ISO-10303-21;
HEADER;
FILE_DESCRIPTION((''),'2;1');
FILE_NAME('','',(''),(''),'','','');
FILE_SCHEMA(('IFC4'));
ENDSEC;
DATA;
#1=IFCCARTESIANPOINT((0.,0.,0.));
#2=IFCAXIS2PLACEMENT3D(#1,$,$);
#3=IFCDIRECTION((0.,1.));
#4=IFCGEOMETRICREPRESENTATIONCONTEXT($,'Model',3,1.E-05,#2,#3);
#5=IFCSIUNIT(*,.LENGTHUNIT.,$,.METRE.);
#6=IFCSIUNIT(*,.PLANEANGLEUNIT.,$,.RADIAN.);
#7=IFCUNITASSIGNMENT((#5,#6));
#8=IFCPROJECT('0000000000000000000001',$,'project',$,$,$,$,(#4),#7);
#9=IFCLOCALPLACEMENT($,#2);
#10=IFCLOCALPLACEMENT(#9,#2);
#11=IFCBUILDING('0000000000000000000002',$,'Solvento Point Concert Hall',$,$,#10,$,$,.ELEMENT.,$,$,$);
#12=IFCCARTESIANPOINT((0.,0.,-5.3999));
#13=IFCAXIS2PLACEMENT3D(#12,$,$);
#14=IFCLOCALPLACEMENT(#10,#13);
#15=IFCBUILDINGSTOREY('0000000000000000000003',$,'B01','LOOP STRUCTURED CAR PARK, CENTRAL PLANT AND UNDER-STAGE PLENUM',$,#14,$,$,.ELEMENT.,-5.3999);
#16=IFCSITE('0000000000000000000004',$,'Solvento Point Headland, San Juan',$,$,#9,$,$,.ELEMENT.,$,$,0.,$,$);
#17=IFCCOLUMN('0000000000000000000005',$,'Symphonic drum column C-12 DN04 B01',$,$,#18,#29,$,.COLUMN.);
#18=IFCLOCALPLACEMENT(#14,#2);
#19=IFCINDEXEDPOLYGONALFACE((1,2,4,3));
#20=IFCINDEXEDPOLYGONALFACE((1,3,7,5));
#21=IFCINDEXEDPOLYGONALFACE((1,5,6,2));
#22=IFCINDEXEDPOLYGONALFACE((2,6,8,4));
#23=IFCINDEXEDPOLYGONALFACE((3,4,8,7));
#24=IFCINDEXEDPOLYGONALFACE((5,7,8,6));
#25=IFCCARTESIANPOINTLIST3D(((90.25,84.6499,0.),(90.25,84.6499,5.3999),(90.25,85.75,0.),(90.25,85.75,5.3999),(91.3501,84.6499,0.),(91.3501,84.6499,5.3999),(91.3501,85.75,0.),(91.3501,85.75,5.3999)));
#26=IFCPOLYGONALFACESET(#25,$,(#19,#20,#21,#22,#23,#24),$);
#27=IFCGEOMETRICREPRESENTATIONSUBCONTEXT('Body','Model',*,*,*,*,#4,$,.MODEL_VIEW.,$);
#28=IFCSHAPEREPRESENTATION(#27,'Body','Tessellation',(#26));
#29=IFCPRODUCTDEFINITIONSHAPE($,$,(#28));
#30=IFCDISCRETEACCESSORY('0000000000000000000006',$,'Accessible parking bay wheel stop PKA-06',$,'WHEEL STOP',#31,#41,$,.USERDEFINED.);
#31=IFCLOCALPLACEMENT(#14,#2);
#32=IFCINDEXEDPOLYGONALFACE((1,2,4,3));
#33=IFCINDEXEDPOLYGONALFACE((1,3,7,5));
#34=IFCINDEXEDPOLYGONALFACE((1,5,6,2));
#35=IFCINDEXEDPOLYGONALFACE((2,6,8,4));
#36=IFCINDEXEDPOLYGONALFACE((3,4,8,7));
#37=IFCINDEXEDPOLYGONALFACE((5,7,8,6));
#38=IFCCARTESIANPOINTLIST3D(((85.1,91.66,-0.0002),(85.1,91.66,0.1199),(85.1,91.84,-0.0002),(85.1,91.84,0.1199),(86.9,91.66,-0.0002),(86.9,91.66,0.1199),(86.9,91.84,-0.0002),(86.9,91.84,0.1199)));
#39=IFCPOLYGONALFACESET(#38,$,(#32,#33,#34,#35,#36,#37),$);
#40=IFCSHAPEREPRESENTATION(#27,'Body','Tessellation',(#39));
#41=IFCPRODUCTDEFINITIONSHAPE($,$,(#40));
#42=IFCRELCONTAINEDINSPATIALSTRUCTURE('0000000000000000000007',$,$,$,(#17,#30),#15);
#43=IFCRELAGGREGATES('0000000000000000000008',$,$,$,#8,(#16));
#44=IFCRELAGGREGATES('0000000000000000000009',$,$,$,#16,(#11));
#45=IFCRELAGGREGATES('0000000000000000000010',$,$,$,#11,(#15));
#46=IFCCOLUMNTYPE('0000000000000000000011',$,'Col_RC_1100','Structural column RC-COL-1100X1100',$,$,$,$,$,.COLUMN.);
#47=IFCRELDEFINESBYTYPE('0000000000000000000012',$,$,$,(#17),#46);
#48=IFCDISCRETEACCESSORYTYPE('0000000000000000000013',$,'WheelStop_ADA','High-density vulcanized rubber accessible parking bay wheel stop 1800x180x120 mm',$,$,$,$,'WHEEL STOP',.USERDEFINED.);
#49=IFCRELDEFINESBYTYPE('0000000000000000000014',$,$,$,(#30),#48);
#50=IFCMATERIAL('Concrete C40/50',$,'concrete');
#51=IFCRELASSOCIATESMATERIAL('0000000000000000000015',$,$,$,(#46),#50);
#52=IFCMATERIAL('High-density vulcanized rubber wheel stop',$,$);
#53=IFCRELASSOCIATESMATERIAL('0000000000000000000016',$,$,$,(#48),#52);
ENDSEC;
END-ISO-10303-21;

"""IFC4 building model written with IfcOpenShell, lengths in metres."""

from ifc_helpers import new_model, si_unit, direction, frame, origin, origin_2d, place, context, subcontext, project, spatial, rectangle, extrude, material, material_profile, profile_set, type_object, element, save


model = new_model("IFC4")

# Units and contexts
model_context = context("Model", 3, precision=1e-05, world=origin(), true_north=direction((0.0, 1.0)))
body_context = subcontext(model_context, "Body", "Model", "MODEL_VIEW")
ifc_project = project(units=[si_unit("LENGTHUNIT", "METRE"), si_unit("PLANEANGLEUNIT", "RADIAN")], contexts=[model_context])

# Site, building, storey
site_placement = place(None, origin())
site = spatial("IfcSite", under=ifc_project, at=site_placement, Name="Solvento Point Headland, San Juan", CompositionType="ELEMENT", RefElevation=0.0)
building_placement = place(site_placement, origin())
building = spatial("IfcBuilding", under=site, at=building_placement, Name="Solvento Point Concert Hall", CompositionType="ELEMENT")
storey_placement = place(building_placement, frame((0.0, 0.0, -5.3999)))
storey = spatial("IfcBuildingStorey", under=building, at=storey_placement, Name="B01", Description="LOOP STRUCTURED CAR PARK, CENTRAL PLANT AND UNDER-STAGE PLENUM", CompositionType="ELEMENT", Elevation=-5.3999)

# Column
ifc_material_1 = material(Name="Concrete C40/50", Category="concrete")
ifc_material_profile_1 = material_profile(ifc_material_1, rectangle(XDim=1.1001, YDim=1.1001, at=origin_2d()), Name="RC-COL-1100X1100")
ifc_profile_set_1 = profile_set([ifc_material_profile_1], Name="Concrete C40/50")
column_type_1 = type_object("IfcColumnType", Name="Col_RC_1100", Description="Structural column RC-COL-1100X1100", PredefinedType="COLUMN", material=ifc_profile_set_1)
for number, where, z_axis, x_axis, name in (
    (1, (90.8, 85.2, 0.0), (0.0, 0.0, 1.0), (1.0, 0.0, 0.0), "Symphonic drum column C-12 DN04 B01"),
):
    element("IfcColumn", number, at=place(storey_placement, frame(where, z_axis=z_axis, x_axis=x_axis)), inside=storey, type_object=column_type_1, Name=name, PredefinedType="COLUMN", context=body_context, shape_type="SweptSolid", body=[
        extrude(rectangle(XDim=1.1001, YDim=1.1001, at=origin_2d()), origin(), (0.0, 0.0, 1.0), 5.3999),
    ])

# Discrete accessory
ifc_material_2 = material(Name="High-density vulcanized rubber wheel stop")
discrete_accessory_type = type_object("IfcDiscreteAccessoryType", Name="WheelStop_ADA", Description="High-density vulcanized rubber accessible parking bay wheel stop 1800x180x120 mm", ElementType="WHEEL STOP", PredefinedType="USERDEFINED", material=ifc_material_2)
discrete_accessory_placement = place(storey_placement, frame((86.0, 91.75, -0.0002), z_axis=(0.0, 0.0, 1.0), x_axis=(1.0, 0.0, 0.0)))
element("IfcDiscreteAccessory", 2, at=discrete_accessory_placement, inside=storey, type_object=discrete_accessory_type, Name="Accessible parking bay wheel stop PKA-06", ObjectType="WHEEL STOP", PredefinedType="USERDEFINED", context=body_context, shape_type="SweptSolid", body=[
    extrude(rectangle(XDim=1.8, YDim=0.1799, at=origin_2d()), origin(), (0.0, 0.0, 1.0), 0.1201),
])

save(model, "model.ifc")
